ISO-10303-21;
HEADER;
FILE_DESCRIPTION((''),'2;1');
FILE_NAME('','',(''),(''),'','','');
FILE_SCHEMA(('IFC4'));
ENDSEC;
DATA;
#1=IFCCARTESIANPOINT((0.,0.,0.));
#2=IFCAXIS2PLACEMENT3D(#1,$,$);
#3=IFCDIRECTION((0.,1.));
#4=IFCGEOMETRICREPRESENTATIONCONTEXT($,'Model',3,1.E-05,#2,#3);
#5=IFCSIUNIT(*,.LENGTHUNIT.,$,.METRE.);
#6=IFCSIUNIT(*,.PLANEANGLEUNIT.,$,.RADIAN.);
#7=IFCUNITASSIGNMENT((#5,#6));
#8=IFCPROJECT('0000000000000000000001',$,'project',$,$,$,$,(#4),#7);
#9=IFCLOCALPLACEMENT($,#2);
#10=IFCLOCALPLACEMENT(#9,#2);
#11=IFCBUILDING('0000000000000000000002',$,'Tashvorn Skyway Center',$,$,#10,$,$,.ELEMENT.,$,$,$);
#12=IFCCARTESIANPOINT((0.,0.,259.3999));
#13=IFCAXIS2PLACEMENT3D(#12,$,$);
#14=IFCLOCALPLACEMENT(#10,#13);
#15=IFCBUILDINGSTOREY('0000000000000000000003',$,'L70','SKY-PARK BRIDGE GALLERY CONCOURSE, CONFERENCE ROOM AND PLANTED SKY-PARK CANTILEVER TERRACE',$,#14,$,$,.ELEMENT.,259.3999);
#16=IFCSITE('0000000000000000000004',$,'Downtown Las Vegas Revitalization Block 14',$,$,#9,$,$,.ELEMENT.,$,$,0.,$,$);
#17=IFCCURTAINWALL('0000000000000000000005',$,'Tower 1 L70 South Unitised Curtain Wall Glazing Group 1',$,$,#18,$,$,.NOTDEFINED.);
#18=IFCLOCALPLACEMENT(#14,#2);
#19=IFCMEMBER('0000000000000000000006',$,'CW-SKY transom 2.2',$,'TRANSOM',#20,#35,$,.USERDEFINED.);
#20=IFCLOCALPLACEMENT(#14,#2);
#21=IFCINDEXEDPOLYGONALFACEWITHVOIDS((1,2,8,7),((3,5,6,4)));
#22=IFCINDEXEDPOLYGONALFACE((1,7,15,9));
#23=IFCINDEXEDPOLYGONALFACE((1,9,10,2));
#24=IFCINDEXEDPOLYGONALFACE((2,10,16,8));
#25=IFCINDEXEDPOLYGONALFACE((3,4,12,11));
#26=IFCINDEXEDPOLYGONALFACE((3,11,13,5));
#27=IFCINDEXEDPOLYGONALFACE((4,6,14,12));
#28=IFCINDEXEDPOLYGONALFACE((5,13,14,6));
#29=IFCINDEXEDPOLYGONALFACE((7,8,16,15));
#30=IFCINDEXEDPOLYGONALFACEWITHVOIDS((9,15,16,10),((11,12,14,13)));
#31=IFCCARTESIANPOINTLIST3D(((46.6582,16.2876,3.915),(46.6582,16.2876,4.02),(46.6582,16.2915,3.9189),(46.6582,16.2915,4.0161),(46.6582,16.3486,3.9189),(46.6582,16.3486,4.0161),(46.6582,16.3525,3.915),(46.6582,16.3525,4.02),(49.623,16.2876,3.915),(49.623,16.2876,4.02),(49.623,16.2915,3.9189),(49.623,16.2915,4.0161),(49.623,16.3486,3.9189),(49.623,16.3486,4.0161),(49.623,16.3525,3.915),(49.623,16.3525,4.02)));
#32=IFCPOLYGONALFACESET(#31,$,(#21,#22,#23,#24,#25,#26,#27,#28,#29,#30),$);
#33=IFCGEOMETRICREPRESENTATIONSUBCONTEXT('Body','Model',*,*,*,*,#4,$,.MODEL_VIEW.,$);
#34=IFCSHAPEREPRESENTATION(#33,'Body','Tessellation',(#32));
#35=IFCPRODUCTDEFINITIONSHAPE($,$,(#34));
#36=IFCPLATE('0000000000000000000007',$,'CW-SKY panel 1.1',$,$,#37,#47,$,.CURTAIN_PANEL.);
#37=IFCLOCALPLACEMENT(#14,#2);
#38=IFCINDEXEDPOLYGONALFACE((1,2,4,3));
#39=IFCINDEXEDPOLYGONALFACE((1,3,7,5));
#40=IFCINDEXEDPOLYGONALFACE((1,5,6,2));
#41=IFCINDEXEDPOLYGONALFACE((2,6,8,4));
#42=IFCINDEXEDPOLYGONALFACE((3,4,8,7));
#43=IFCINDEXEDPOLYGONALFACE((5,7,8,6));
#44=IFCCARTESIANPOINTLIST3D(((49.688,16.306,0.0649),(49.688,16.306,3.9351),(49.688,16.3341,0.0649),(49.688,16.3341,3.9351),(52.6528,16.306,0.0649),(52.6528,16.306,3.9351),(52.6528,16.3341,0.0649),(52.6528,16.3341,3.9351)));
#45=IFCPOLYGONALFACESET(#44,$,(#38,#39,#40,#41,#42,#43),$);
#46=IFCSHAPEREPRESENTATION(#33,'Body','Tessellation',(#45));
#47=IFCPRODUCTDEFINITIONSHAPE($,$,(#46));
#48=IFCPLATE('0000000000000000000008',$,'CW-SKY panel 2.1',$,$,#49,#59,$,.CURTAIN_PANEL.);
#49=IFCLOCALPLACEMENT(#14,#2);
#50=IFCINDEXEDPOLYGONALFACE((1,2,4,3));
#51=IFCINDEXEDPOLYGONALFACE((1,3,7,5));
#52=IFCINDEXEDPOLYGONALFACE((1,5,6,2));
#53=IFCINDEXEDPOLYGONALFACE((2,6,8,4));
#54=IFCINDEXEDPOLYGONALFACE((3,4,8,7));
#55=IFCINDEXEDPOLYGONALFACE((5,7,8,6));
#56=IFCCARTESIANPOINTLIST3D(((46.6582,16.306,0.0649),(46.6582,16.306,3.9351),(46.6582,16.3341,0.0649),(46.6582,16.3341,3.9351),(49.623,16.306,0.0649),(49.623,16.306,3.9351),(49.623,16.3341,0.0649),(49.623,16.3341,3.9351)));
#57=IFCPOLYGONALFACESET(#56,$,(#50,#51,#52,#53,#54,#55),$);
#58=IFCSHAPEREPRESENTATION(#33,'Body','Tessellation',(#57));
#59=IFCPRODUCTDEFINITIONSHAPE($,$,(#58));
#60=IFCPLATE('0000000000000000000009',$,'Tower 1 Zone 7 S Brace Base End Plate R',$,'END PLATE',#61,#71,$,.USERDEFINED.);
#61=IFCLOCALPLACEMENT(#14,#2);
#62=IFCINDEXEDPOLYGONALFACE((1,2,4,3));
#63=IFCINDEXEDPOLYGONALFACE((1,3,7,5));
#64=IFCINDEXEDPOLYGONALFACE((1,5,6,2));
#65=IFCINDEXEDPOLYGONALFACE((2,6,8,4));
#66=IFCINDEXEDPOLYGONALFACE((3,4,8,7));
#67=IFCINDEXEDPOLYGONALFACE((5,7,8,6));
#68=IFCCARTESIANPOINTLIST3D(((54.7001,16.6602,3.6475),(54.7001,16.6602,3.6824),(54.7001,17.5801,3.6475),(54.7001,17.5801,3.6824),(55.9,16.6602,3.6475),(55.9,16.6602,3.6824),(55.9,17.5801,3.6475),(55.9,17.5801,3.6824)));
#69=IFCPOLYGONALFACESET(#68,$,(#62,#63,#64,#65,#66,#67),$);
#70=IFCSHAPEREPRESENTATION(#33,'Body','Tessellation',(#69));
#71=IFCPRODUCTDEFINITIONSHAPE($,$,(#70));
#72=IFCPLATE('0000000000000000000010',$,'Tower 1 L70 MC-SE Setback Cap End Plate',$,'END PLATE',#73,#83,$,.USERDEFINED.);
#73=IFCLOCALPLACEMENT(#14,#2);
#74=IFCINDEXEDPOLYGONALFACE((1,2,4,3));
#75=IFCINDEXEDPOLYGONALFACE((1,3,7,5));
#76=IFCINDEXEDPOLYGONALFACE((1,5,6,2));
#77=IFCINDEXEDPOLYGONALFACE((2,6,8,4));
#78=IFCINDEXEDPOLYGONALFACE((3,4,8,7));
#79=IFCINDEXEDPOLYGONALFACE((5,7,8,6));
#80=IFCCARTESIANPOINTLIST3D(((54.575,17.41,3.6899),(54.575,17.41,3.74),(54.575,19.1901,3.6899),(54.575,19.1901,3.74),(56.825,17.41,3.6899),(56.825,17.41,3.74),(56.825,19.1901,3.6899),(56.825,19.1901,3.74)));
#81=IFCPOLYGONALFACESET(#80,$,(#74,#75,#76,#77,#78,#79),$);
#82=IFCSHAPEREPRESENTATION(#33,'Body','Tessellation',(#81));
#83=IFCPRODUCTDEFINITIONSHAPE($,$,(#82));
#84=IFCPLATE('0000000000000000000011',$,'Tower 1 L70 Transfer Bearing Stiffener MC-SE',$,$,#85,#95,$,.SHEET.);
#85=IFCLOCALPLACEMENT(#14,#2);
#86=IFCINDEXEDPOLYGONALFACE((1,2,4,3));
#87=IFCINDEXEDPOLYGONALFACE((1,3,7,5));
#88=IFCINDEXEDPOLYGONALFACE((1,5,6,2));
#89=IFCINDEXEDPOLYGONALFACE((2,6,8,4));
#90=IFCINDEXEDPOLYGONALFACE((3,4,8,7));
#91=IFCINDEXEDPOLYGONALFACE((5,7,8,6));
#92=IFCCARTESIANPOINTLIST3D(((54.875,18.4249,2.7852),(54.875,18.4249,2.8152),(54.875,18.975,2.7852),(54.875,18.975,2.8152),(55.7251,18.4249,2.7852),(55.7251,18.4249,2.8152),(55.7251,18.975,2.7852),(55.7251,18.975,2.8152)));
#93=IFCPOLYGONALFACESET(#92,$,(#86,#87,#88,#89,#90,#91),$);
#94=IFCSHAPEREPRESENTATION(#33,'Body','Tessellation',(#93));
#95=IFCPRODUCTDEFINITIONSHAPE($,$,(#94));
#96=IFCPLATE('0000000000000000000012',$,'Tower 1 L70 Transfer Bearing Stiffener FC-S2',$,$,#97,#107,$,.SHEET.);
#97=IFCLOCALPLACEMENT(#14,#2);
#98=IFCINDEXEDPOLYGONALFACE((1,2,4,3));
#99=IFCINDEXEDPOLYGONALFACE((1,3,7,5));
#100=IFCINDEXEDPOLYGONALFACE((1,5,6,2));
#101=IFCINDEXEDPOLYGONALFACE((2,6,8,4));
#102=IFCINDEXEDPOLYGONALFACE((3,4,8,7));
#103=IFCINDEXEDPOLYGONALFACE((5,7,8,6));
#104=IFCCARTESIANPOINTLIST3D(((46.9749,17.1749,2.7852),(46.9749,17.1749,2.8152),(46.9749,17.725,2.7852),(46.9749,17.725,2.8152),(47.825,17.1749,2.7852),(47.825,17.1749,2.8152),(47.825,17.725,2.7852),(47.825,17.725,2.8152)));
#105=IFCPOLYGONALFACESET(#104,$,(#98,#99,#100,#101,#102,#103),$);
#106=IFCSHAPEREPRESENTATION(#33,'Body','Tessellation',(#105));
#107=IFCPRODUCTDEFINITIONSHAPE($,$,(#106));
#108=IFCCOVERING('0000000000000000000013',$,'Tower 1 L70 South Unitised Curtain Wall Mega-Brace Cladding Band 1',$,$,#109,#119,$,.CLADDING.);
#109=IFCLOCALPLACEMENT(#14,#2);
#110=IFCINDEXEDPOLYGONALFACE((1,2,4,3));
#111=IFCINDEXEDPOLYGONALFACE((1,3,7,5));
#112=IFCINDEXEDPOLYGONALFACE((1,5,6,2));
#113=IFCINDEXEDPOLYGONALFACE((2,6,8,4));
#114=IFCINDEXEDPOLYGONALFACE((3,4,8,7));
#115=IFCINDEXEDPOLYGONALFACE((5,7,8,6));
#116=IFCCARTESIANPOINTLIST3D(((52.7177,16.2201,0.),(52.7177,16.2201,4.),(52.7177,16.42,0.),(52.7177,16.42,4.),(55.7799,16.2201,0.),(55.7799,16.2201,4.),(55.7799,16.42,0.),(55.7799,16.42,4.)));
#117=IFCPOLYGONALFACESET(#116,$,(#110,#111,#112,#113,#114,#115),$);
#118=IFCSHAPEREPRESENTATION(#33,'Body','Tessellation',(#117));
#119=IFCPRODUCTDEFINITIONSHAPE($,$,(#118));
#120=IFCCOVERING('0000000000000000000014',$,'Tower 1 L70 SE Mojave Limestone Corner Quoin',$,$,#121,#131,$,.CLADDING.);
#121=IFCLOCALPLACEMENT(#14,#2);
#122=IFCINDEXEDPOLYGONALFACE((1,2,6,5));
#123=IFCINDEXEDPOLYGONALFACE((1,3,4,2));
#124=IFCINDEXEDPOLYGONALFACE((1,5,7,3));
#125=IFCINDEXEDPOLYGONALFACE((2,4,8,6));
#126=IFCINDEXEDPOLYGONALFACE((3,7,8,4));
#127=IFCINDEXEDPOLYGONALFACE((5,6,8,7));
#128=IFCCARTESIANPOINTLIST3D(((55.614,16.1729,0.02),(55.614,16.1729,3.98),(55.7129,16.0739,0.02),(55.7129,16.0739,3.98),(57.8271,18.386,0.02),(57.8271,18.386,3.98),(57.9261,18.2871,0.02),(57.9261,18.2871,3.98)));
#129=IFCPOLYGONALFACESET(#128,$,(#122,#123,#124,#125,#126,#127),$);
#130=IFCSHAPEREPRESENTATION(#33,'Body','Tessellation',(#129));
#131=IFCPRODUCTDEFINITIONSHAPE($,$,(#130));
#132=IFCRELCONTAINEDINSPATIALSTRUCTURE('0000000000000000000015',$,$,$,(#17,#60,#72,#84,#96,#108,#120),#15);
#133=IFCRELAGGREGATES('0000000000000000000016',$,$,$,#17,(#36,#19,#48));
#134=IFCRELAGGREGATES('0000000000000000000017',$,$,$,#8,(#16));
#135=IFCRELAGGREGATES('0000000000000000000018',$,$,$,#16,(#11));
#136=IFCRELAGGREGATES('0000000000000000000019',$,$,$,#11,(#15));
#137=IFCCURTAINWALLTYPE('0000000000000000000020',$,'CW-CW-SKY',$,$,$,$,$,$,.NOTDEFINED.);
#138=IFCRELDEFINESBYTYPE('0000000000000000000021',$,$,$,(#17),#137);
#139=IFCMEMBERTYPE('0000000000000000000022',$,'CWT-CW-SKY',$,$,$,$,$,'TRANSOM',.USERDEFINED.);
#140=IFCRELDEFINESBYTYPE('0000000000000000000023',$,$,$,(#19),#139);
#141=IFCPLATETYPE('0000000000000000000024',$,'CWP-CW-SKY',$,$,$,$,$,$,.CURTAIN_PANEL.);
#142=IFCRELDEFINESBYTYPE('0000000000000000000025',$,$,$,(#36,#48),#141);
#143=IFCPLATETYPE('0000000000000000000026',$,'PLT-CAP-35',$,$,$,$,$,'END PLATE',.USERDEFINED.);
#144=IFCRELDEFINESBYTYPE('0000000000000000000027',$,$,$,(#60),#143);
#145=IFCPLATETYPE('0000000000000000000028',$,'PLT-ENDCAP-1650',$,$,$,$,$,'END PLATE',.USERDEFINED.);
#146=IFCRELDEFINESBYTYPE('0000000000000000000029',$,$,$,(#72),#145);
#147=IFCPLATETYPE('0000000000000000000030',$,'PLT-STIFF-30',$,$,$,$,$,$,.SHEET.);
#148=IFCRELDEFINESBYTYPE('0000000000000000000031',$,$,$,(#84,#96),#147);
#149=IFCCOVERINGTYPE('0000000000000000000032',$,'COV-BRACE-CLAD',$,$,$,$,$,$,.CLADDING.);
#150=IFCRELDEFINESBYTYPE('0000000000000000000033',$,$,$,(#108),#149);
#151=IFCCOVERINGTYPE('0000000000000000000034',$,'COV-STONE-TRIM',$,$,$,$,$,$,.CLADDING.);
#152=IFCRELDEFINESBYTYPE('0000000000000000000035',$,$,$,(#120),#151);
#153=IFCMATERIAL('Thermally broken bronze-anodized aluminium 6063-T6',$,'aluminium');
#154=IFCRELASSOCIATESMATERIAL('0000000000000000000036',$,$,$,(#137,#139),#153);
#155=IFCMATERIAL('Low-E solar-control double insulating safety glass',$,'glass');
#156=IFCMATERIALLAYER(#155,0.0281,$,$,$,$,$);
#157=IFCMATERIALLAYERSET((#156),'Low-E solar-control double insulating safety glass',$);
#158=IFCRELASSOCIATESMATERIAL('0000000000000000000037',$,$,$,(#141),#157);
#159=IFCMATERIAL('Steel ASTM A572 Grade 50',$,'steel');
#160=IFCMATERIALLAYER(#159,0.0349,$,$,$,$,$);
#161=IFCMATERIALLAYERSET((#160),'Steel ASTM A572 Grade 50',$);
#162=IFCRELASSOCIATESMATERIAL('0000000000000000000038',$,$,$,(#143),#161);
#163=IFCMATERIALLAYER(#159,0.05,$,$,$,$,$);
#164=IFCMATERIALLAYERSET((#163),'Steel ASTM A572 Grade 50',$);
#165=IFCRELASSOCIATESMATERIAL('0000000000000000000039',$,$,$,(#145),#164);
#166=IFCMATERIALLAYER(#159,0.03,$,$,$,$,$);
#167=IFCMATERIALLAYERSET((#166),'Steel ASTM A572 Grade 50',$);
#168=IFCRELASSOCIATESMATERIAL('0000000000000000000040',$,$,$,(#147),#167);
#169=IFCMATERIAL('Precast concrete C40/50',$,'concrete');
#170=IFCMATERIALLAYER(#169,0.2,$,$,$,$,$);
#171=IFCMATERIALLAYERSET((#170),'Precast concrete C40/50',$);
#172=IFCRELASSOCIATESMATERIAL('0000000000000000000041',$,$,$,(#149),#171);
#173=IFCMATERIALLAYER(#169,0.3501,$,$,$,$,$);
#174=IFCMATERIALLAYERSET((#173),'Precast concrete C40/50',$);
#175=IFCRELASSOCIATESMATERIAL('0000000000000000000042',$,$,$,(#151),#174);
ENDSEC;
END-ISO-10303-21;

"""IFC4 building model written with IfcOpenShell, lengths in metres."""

from ifc_helpers import new_model, si_unit, direction, frame, origin, origin_2d, place, context, subcontext, project, spatial, rectangle, hollow_rectangle, extrude, material, layer, layer_set, material_profile, profile_set, type_object, element, aggregate, save


model = new_model("IFC4")

# Units and contexts
model_context = context("Model", 3, precision=1e-05, world=origin(), true_north=direction((0.0, 1.0)))
body_context = subcontext(model_context, "Body", "Model", "MODEL_VIEW")
ifc_project = project(units=[si_unit("LENGTHUNIT", "METRE"), si_unit("PLANEANGLEUNIT", "RADIAN")], contexts=[model_context])

# Site, building, storey
site_placement = place(None, origin())
site = spatial("IfcSite", under=ifc_project, at=site_placement, Name="Downtown Las Vegas Revitalization Block 14", CompositionType="ELEMENT", RefElevation=0.0)
building_placement = place(site_placement, origin())
building = spatial("IfcBuilding", under=site, at=building_placement, Name="Tashvorn Skyway Center", CompositionType="ELEMENT")
storey_placement = place(building_placement, frame((0.0, 0.0, 259.3999)))
storey = spatial("IfcBuildingStorey", under=building, at=storey_placement, Name="L70", Description="SKY-PARK BRIDGE GALLERY CONCOURSE, CONFERENCE ROOM AND PLANTED SKY-PARK CANTILEVER TERRACE", CompositionType="ELEMENT", Elevation=259.3999)

# Shared definitions
ifc_material_1 = material(Name="Steel ASTM A572 Grade 50", Category="steel")

# Curtain wall, member, plates
ifc_material_2 = material(Name="Thermally broken bronze-anodized aluminium 6063-T6", Category="aluminium")
curtain_wall_type = type_object("IfcCurtainWallType", Name="CW-CW-SKY", PredefinedType="NOTDEFINED", material=ifc_material_2)
curtain_wall_placement = place(storey_placement, origin())
curtain_wall = element("IfcCurtainWall", 1, at=curtain_wall_placement, inside=storey, type_object=curtain_wall_type, Name="Tower 1 L70 South Unitised Curtain Wall Glazing Group 1", PredefinedType="NOTDEFINED")
ifc_material_profile_1 = material_profile(ifc_material_2, hollow_rectangle(XDim=0.0649, YDim=0.105, WallThickness=0.0039, at=origin_2d()), Name="ALU-TRAN-65x105")
ifc_profile_set_1 = profile_set([ifc_material_profile_1], Name="Thermally broken bronze-anodized aluminium 6063-T6")
member_type_1 = type_object("IfcMemberType", Name="CWT-CW-SKY", ElementType="TRANSOM", PredefinedType="USERDEFINED", material=ifc_profile_set_1)
member_1_placement = place(storey_placement, frame((49.623, 16.3201, 3.9675), z_axis=(-1.0, 0.0, 0.0), x_axis=(0.0, -1.0, 0.0)))
member_1 = element("IfcMember", 2, at=member_1_placement, type_object=member_type_1, Name="CW-SKY transom 2.2", ObjectType="TRANSOM", PredefinedType="USERDEFINED", context=body_context, shape_type="SweptSolid", body=[
    extrude(hollow_rectangle(XDim=0.0649, YDim=0.105, WallThickness=0.0039, at=origin_2d()), origin(), (0.0, 0.0, 1.0), 2.9648),
])
ifc_material_3 = material(Name="Low-E solar-control double insulating safety glass", Category="glass")
ifc_layer_1 = layer(ifc_material_3, 0.0281)
ifc_layer_set_1 = layer_set([ifc_layer_1], Name="Low-E solar-control double insulating safety glass")
plate_type_1 = type_object("IfcPlateType", Name="CWP-CW-SKY", PredefinedType="CURTAIN_PANEL", material=ifc_layer_set_1)
plate_1_placement = place(storey_placement, frame((51.1704, 16.3201, 0.0649), z_axis=(0.0, 0.0, 1.0), x_axis=(-1.0, 0.0, 0.0)))
plate_1 = element("IfcPlate", 3, at=plate_1_placement, type_object=plate_type_1, Name="CW-SKY panel 1.1", PredefinedType="CURTAIN_PANEL", context=body_context, shape_type="SweptSolid", body=[
    extrude(rectangle(XDim=2.9648, YDim=0.0281, at=origin_2d()), origin(), (0.0, 0.0, 1.0), 3.8701),
])
plate_2_placement = place(storey_placement, frame((48.1406, 16.3201, 0.0649), z_axis=(0.0, 0.0, 1.0), x_axis=(-1.0, 0.0, 0.0)))
plate_2 = element("IfcPlate", 4, at=plate_2_placement, type_object=plate_type_1, Name="CW-SKY panel 2.1", PredefinedType="CURTAIN_PANEL", context=body_context, shape_type="SweptSolid", body=[
    extrude(rectangle(XDim=2.9648, YDim=0.0281, at=origin_2d()), origin(), (0.0, 0.0, 1.0), 3.8701),
])
aggregate(curtain_wall, [plate_1, member_1, plate_2])

# Plates
ifc_layer_2 = layer(ifc_material_1, 0.0349)
ifc_layer_set_2 = layer_set([ifc_layer_2], Name="Steel ASTM A572 Grade 50")
plate_type_2 = type_object("IfcPlateType", Name="PLT-CAP-35", ElementType="END PLATE", PredefinedType="USERDEFINED", material=ifc_layer_set_2)
plate_3_placement = place(storey_placement, frame((55.3, 17.1201, 3.6475), z_axis=(0.0, 0.0, 1.0), x_axis=(1.0, 0.0, 0.0)))
element("IfcPlate", 5, at=plate_3_placement, inside=storey, type_object=plate_type_2, Name="Tower 1 Zone 7 S Brace Base End Plate R", ObjectType="END PLATE", PredefinedType="USERDEFINED", context=body_context, shape_type="SweptSolid", body=[
    extrude(rectangle(XDim=1.2, YDim=0.9199, at=origin_2d()), origin(), (0.0, 0.0, 1.0), 0.0349),
])
ifc_layer_3 = layer(ifc_material_1, 0.05)
ifc_layer_set_3 = layer_set([ifc_layer_3], Name="Steel ASTM A572 Grade 50")
plate_type_3 = type_object("IfcPlateType", Name="PLT-ENDCAP-1650", ElementType="END PLATE", PredefinedType="USERDEFINED", material=ifc_layer_set_3)
plate_4_placement = place(storey_placement, frame((55.7, 18.3, 3.6899), z_axis=(0.0, 0.0, 1.0), x_axis=(1.0, 0.0, 0.0)))
element("IfcPlate", 6, at=plate_4_placement, inside=storey, type_object=plate_type_3, Name="Tower 1 L70 MC-SE Setback Cap End Plate", ObjectType="END PLATE", PredefinedType="USERDEFINED", context=body_context, shape_type="SweptSolid", body=[
    extrude(rectangle(XDim=2.25, YDim=1.78, at=origin_2d()), origin(), (0.0, 0.0, 1.0), 0.05),
])
ifc_layer_4 = layer(ifc_material_1, 0.03)
ifc_layer_set_4 = layer_set([ifc_layer_4], Name="Steel ASTM A572 Grade 50")
plate_type_4 = type_object("IfcPlateType", Name="PLT-STIFF-30", PredefinedType="SHEET", material=ifc_layer_set_4)
for number, where, z_axis, x_axis, name in (
    (7, (55.3, 18.7, 2.7852), (0.0, 0.0, 1.0), (1.0, 0.0, 0.0), "Tower 1 L70 Transfer Bearing Stiffener MC-SE"),
    (8, (47.3999, 17.45, 2.7852), (0.0, 0.0, 1.0), (1.0, 0.0, 0.0), "Tower 1 L70 Transfer Bearing Stiffener FC-S2"),
):
    element("IfcPlate", number, at=place(storey_placement, frame(where, z_axis=z_axis, x_axis=x_axis)), inside=storey, type_object=plate_type_4, Name=name, PredefinedType="SHEET", context=body_context, shape_type="SweptSolid", body=[
        extrude(rectangle(XDim=0.8501, YDim=0.55, at=origin_2d()), origin(), (0.0, 0.0, 1.0), 0.03),
    ])

# Coverings
ifc_material_4 = material(Name="Precast concrete C40/50", Category="concrete")
ifc_layer_5 = layer(ifc_material_4, 0.2)
ifc_layer_set_5 = layer_set([ifc_layer_5], Name="Precast concrete C40/50")
covering_type_1 = type_object("IfcCoveringType", Name="COV-BRACE-CLAD", PredefinedType="CLADDING", material=ifc_layer_set_5)
covering_1_placement = place(storey_placement, frame((54.2488, 16.3201, 0.0), z_axis=(0.0, 0.0, 1.0), x_axis=(-1.0, 0.0, 0.0)))
element("IfcCovering", 9, at=covering_1_placement, inside=storey, type_object=covering_type_1, Name="Tower 1 L70 South Unitised Curtain Wall Mega-Brace Cladding Band 1", PredefinedType="CLADDING", context=body_context, shape_type="SweptSolid", body=[
    extrude(rectangle(XDim=3.0623, YDim=0.2, at=origin_2d()), origin(), (0.0, 0.0, 1.0), 4.0),
])
ifc_layer_6 = layer(ifc_material_4, 0.3501)
ifc_layer_set_6 = layer_set([ifc_layer_6], Name="Precast concrete C40/50")
covering_type_2 = type_object("IfcCoveringType", Name="COV-STONE-TRIM", PredefinedType="CLADDING", material=ifc_layer_set_6)
covering_2_placement = place(storey_placement, frame((56.77, 17.23, 0.02), z_axis=(0.0, 0.0, 1.0), x_axis=(0.707107, 0.707107, 0.0)))
element("IfcCovering", 10, at=covering_2_placement, inside=storey, type_object=covering_type_2, Name="Tower 1 L70 SE Mojave Limestone Corner Quoin", PredefinedType="CLADDING", context=body_context, shape_type="SweptSolid", body=[
    extrude(rectangle(XDim=3.1299, YDim=0.1399, at=origin_2d()), origin(), (0.0, 0.0, 1.0), 3.96),
])

save(model, "model.ifc")
